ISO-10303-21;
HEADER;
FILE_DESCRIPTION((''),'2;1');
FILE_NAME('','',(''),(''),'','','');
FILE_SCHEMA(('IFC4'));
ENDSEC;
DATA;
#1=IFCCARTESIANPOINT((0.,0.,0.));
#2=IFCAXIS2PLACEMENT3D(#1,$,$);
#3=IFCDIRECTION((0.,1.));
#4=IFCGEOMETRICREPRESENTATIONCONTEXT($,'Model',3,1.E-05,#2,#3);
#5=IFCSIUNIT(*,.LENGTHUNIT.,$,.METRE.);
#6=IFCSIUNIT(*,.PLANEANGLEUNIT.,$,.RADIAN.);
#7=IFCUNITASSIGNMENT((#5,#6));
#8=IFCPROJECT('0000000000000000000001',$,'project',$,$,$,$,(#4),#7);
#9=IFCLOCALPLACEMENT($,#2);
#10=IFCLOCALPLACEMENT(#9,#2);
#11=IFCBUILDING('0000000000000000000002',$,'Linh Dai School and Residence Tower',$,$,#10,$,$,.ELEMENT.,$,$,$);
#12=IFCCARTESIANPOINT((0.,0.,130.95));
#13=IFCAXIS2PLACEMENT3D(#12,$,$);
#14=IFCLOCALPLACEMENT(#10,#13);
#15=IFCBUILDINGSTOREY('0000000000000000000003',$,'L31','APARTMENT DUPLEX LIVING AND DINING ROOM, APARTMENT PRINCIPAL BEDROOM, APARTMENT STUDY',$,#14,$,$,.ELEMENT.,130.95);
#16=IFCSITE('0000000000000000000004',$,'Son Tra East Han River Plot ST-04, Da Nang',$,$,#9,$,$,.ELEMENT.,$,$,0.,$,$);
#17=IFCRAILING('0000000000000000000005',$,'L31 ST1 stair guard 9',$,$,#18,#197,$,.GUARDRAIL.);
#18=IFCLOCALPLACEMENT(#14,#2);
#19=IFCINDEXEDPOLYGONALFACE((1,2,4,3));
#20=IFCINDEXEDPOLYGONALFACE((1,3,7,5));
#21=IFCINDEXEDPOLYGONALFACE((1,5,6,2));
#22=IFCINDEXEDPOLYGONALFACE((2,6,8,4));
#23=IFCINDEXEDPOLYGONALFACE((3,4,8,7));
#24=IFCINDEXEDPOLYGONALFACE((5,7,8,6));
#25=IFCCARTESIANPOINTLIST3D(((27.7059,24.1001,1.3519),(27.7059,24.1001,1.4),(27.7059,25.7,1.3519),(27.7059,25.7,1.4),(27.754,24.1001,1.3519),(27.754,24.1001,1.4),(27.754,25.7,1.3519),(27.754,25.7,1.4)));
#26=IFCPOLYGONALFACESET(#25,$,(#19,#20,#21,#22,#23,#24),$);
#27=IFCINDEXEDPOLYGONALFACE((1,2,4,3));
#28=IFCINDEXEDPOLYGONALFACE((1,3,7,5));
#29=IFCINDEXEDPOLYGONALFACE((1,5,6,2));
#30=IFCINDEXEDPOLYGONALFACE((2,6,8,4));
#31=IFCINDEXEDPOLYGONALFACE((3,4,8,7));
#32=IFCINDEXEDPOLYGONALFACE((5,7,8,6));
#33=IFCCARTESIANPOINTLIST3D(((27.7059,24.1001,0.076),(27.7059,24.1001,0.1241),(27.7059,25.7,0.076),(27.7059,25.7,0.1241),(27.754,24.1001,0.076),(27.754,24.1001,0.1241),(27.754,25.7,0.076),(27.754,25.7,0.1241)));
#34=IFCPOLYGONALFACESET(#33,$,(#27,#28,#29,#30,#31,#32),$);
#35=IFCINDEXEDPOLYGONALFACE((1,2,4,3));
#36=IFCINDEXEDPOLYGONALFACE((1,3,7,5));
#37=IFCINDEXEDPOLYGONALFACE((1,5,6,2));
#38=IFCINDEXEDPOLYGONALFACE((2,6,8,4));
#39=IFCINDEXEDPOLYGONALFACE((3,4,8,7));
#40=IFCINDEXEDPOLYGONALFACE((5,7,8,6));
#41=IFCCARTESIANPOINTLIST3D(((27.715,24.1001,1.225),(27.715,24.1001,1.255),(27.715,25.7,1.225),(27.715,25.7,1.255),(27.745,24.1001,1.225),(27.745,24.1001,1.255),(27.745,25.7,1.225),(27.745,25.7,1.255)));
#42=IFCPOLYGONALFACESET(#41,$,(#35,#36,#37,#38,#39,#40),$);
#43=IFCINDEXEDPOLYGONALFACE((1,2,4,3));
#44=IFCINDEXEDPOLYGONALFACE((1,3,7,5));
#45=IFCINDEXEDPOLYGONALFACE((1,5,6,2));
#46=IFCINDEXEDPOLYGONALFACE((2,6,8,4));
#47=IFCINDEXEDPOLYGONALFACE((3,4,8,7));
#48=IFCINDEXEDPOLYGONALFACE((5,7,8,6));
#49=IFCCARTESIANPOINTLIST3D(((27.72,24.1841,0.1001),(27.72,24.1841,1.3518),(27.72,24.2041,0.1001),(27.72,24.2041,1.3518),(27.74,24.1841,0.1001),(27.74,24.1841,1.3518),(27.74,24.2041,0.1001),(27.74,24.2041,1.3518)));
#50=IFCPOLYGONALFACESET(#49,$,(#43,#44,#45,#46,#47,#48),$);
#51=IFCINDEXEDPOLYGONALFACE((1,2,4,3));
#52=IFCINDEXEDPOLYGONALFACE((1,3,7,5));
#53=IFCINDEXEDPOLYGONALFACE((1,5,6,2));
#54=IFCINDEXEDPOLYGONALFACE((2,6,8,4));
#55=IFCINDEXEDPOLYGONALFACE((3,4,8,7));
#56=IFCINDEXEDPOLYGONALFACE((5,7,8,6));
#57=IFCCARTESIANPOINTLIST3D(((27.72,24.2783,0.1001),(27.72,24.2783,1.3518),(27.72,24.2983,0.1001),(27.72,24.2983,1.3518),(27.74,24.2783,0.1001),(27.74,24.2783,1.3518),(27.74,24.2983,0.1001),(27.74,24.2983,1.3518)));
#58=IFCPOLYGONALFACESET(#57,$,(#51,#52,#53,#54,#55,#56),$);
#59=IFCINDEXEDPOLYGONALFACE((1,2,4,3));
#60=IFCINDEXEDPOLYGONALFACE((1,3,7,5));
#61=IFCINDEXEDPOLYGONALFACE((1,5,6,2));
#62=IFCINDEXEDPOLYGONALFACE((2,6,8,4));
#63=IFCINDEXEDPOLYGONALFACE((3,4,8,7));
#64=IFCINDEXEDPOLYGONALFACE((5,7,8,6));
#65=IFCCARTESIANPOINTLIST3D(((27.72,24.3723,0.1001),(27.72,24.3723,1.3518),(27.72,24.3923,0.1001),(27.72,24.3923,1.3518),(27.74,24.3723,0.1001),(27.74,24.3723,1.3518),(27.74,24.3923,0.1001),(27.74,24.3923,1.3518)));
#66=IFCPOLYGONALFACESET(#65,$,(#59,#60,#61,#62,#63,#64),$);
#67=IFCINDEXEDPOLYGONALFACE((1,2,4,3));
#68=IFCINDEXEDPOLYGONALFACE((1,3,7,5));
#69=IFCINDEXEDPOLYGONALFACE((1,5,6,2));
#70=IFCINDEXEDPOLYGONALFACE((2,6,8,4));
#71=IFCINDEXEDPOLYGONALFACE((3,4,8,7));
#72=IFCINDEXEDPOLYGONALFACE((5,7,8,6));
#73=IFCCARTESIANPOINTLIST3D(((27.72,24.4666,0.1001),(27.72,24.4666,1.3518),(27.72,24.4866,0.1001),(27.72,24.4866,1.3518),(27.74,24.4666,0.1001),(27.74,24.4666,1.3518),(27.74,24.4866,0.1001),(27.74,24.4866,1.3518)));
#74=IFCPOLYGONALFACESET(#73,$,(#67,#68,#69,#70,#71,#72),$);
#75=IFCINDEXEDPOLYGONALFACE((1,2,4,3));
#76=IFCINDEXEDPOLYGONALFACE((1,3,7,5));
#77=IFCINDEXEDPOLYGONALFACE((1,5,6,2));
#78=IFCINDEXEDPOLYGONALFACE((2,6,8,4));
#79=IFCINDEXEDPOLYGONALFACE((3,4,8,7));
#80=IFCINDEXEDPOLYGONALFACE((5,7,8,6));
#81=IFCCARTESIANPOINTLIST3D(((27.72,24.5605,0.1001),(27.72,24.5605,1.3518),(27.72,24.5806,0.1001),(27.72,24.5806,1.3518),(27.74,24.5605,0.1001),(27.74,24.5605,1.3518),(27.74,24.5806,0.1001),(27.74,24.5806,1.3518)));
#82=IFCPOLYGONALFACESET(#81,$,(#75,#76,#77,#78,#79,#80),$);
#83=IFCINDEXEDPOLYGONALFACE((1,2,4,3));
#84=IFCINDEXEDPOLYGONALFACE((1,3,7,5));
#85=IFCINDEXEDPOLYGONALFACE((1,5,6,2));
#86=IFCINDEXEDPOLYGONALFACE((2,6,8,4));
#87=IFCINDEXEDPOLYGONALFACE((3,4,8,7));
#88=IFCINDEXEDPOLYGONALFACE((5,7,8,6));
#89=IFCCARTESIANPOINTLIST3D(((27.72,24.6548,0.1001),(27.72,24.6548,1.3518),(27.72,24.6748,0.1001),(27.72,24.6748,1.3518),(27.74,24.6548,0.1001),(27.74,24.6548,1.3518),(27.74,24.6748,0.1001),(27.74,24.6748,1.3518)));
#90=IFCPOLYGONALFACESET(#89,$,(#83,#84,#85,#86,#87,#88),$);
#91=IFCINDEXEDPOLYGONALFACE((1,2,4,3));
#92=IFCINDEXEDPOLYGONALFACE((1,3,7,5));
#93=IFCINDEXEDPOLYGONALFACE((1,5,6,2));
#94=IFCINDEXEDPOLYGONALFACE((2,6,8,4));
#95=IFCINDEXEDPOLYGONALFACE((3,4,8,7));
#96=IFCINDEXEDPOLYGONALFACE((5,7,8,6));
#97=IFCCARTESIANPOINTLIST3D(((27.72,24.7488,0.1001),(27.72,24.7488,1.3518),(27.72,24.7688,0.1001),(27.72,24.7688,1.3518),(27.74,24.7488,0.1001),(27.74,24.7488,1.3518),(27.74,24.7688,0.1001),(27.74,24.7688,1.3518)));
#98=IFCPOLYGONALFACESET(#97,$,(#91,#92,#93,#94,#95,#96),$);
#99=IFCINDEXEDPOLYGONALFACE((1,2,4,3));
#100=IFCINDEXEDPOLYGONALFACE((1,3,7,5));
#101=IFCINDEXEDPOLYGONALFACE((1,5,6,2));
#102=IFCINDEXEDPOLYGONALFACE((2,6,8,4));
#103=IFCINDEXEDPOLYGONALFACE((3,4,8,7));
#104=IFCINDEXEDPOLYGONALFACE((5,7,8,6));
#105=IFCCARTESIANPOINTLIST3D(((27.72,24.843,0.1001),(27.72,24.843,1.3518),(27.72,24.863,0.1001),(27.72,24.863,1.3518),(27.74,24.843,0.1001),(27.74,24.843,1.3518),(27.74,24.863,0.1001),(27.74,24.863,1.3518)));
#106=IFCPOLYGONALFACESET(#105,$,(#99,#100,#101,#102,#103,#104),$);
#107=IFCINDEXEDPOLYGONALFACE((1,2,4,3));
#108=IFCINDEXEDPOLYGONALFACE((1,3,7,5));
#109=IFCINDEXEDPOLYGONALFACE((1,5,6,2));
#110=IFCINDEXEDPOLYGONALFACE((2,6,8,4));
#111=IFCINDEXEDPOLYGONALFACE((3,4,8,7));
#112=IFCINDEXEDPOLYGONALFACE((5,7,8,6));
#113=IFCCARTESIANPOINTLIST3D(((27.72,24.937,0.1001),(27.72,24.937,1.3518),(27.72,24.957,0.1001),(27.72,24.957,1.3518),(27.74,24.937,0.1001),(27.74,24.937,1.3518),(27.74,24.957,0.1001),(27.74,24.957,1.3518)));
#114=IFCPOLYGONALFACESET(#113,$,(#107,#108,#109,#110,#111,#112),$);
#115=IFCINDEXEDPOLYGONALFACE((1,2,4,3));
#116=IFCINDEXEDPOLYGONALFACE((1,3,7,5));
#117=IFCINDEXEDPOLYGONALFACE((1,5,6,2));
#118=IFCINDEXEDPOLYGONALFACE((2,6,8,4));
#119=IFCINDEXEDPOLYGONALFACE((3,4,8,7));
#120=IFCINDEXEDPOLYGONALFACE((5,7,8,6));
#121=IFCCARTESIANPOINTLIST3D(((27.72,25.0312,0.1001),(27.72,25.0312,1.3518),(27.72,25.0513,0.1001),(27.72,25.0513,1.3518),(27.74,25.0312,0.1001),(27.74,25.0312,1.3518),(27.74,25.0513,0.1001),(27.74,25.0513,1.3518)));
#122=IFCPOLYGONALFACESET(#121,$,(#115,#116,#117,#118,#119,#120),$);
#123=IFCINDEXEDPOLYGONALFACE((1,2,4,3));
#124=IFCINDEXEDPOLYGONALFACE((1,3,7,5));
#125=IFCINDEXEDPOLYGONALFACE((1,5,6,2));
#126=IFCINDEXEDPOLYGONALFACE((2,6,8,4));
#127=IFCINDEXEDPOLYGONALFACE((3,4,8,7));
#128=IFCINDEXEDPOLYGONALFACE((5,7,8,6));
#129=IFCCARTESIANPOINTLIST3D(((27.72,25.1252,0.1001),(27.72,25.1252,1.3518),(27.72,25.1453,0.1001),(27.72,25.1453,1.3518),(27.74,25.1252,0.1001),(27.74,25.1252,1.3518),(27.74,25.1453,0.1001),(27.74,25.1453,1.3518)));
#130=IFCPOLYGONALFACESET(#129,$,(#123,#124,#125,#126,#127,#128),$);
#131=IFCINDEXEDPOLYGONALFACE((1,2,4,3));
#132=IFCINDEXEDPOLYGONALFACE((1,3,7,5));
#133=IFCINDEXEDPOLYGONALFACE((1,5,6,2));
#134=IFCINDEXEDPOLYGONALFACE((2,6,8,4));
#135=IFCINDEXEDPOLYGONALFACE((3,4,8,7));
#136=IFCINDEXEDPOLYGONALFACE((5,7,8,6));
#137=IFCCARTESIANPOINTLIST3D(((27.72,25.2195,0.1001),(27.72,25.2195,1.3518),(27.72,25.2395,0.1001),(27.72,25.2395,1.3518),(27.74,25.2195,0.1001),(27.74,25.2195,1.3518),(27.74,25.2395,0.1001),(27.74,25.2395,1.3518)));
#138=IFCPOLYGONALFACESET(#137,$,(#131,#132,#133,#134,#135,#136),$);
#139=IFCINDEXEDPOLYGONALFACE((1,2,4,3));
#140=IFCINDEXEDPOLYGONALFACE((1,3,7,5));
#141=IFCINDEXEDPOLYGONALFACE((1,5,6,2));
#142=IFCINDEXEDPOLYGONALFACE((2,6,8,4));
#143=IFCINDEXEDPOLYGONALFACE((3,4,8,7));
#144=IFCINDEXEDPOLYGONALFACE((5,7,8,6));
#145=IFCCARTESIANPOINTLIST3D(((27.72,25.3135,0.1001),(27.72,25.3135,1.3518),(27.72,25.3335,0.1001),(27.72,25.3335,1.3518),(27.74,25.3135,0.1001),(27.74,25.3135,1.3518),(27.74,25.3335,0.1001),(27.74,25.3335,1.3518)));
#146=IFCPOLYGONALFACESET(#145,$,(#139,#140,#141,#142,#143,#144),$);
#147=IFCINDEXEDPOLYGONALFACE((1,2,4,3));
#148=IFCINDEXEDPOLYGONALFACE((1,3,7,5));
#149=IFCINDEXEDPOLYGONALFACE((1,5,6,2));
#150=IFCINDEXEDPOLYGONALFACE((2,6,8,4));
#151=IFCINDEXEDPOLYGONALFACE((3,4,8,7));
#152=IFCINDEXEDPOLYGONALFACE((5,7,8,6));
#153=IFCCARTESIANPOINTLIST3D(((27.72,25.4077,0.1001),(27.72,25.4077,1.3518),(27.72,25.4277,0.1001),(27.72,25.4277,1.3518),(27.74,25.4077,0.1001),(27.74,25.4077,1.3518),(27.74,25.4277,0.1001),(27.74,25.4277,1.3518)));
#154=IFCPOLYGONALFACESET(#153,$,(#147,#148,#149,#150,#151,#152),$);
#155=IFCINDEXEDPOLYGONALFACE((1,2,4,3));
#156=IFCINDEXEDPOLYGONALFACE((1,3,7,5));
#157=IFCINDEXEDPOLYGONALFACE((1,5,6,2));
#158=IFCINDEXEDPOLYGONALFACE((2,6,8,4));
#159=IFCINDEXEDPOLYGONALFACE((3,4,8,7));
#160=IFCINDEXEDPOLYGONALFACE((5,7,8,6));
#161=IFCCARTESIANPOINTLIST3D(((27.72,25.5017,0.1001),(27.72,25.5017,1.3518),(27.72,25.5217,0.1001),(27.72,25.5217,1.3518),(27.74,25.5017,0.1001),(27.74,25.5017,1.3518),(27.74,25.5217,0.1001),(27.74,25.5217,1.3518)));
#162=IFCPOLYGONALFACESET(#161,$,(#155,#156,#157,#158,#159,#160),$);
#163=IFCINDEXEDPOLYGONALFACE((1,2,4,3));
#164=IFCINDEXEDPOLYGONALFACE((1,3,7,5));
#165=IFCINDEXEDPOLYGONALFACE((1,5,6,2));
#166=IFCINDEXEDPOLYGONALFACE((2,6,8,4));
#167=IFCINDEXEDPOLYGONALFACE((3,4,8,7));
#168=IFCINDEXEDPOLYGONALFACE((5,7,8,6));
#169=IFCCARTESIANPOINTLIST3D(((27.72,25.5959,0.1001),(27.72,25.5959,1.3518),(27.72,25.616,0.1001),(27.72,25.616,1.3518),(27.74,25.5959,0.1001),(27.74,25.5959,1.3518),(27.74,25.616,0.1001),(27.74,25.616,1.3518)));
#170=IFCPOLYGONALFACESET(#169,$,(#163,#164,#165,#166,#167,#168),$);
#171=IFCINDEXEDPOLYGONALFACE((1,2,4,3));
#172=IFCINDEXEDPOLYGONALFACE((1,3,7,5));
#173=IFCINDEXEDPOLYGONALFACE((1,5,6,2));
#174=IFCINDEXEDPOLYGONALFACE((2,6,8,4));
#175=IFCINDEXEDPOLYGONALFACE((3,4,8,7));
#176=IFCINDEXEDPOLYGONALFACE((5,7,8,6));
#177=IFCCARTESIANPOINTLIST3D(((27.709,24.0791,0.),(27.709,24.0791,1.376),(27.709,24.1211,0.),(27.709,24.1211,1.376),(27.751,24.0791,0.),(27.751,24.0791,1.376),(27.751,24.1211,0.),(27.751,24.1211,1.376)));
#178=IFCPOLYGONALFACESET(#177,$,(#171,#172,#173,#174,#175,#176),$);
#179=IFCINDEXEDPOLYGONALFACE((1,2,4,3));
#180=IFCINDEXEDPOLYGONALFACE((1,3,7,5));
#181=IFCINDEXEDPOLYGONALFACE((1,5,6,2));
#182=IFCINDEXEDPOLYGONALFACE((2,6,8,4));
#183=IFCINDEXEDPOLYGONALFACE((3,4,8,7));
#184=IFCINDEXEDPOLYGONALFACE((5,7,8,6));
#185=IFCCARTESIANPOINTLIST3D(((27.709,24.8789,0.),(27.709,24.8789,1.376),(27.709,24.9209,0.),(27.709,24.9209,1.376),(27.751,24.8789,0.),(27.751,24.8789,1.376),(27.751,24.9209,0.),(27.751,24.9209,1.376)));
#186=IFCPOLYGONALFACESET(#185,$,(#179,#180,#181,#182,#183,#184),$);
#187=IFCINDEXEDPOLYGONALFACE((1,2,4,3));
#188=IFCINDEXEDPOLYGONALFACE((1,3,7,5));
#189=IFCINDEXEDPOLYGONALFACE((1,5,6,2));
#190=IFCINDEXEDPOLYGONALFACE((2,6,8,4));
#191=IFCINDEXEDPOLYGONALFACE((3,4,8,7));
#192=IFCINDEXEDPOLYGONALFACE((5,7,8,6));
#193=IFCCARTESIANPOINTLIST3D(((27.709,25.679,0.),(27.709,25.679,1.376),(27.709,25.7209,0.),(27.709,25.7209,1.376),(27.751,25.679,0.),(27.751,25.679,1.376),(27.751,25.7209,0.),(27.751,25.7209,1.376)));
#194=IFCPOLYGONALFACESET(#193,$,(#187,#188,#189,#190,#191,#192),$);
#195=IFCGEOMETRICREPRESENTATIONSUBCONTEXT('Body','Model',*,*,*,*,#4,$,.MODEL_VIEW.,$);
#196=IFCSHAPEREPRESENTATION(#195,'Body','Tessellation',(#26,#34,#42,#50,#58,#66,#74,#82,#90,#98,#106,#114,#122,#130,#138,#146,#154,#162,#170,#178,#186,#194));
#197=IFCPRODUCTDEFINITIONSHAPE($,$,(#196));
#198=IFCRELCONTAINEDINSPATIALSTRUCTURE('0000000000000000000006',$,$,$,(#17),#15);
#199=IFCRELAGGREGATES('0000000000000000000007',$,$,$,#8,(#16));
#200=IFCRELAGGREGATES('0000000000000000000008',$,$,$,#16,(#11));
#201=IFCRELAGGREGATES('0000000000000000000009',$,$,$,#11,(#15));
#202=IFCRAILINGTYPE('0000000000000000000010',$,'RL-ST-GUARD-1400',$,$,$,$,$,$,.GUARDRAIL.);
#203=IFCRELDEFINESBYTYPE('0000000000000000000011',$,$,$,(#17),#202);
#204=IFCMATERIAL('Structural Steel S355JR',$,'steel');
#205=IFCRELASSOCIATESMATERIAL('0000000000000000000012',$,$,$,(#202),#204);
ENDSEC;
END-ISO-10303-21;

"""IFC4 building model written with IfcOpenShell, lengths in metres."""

from ifc_helpers import new_model, si_unit, direction, frame, origin, origin_2d, place, context, subcontext, project, spatial, rectangle, extrude, source, transform, mapped, material, type_object, element, save


model = new_model("IFC4")

# Units and contexts
model_context = context("Model", 3, precision=1e-05, world=origin(), true_north=direction((0.0, 1.0)))
body_context = subcontext(model_context, "Body", "Model", "MODEL_VIEW")
ifc_project = project(units=[si_unit("LENGTHUNIT", "METRE"), si_unit("PLANEANGLEUNIT", "RADIAN")], contexts=[model_context])

# Site, building, storey
site_placement = place(None, origin())
site = spatial("IfcSite", under=ifc_project, at=site_placement, Name="Son Tra East Han River Plot ST-04, Da Nang", CompositionType="ELEMENT", RefElevation=0.0)
building_placement = place(site_placement, origin())
building = spatial("IfcBuilding", under=site, at=building_placement, Name="Linh Dai School and Residence Tower", CompositionType="ELEMENT")
storey_placement = place(building_placement, frame((0.0, 0.0, 130.95)))
storey = spatial("IfcBuildingStorey", under=building, at=storey_placement, Name="L31", Description="APARTMENT DUPLEX LIVING AND DINING ROOM, APARTMENT PRINCIPAL BEDROOM, APARTMENT STUDY", CompositionType="ELEMENT", Elevation=130.95)

# Shared definitions
ifc_material_1 = material(Name="Structural Steel S355JR", Category="steel")

# Railing
railing_type_1 = type_object("IfcRailingType", Name="RL-ST-GUARD-1400", PredefinedType="GUARDRAIL", material=ifc_material_1)
shared_shape_1 = source(origin(), body_context, "Body", "SweptSolid", [
    extrude(rectangle(XDim=0.0481, YDim=0.0481, at=origin_2d()), frame((0.0, 0.0, 1.376), z_axis=(0.0, 1.0, 0.0), x_axis=(-1.0, 0.0, 0.0)), (0.0, 0.0, 1.0), 1.5999),
    extrude(rectangle(XDim=0.0481, YDim=0.0481, at=origin_2d()), frame((0.0, 0.0, 0.1001), z_axis=(0.0, 1.0, 0.0), x_axis=(-1.0, 0.0, 0.0)), (0.0, 0.0, 1.0), 1.5999),
    extrude(rectangle(XDim=0.03, YDim=0.03, at=origin_2d()), frame((0.0, 0.0, 1.24), z_axis=(0.0, 1.0, 0.0), x_axis=(-1.0, 0.0, 0.0)), (0.0, 0.0, 1.0), 1.5999),
    extrude(rectangle(XDim=0.02, YDim=0.02, at=origin_2d()), frame((0.0, 0.094, 0.1001)), (0.0, 0.0, 1.0), 1.2517),
    extrude(rectangle(XDim=0.02, YDim=0.02, at=origin_2d()), frame((0.0, 0.1882, 0.1001)), (0.0, 0.0, 1.0), 1.2517),
    extrude(rectangle(XDim=0.02, YDim=0.02, at=origin_2d()), frame((0.0, 0.2822, 0.1001)), (0.0, 0.0, 1.0), 1.2517),
    extrude(rectangle(XDim=0.02, YDim=0.02, at=origin_2d()), frame((0.0, 0.3765, 0.1001)), (0.0, 0.0, 1.0), 1.2517),
    extrude(rectangle(XDim=0.02, YDim=0.02, at=origin_2d()), frame((0.0, 0.4705, 0.1001)), (0.0, 0.0, 1.0), 1.2517),
    extrude(rectangle(XDim=0.02, YDim=0.02, at=origin_2d()), frame((0.0, 0.5647, 0.1001)), (0.0, 0.0, 1.0), 1.2517),
    extrude(rectangle(XDim=0.02, YDim=0.02, at=origin_2d()), frame((0.0, 0.6587, 0.1001)), (0.0, 0.0, 1.0), 1.2517),
    extrude(rectangle(XDim=0.02, YDim=0.02, at=origin_2d()), frame((0.0, 0.7529, 0.1001)), (0.0, 0.0, 1.0), 1.2517),
    extrude(rectangle(XDim=0.02, YDim=0.02, at=origin_2d()), frame((0.0, 0.8469, 0.1001)), (0.0, 0.0, 1.0), 1.2517),
    extrude(rectangle(XDim=0.02, YDim=0.02, at=origin_2d()), frame((0.0, 0.9412, 0.1001)), (0.0, 0.0, 1.0), 1.2517),
    extrude(rectangle(XDim=0.02, YDim=0.02, at=origin_2d()), frame((0.0, 1.0352, 0.1001)), (0.0, 0.0, 1.0), 1.2517),
    extrude(rectangle(XDim=0.02, YDim=0.02, at=origin_2d()), frame((0.0, 1.1294, 0.1001)), (0.0, 0.0, 1.0), 1.2517),
    extrude(rectangle(XDim=0.02, YDim=0.02, at=origin_2d()), frame((0.0, 1.2234, 0.1001)), (0.0, 0.0, 1.0), 1.2517),
    extrude(rectangle(XDim=0.02, YDim=0.02, at=origin_2d()), frame((0.0, 1.3176, 0.1001)), (0.0, 0.0, 1.0), 1.2517),
    extrude(rectangle(XDim=0.02, YDim=0.02, at=origin_2d()), frame((0.0, 1.4116, 0.1001)), (0.0, 0.0, 1.0), 1.2517),
    extrude(rectangle(XDim=0.02, YDim=0.02, at=origin_2d()), frame((0.0, 1.5059, 0.1001)), (0.0, 0.0, 1.0), 1.2517),
    extrude(rectangle(XDim=0.042, YDim=0.042, at=origin_2d()), origin(), (0.0, 0.0, 1.0), 1.376),
    extrude(rectangle(XDim=0.042, YDim=0.042, at=origin_2d()), frame((0.0, 0.7998, 0.0)), (0.0, 0.0, 1.0), 1.376),
    extrude(rectangle(XDim=0.042, YDim=0.042, at=origin_2d()), frame((0.0, 1.5999, 0.0)), (0.0, 0.0, 1.0), 1.376),
])
for number, where, name in (
    (1, (27.73, 24.1001, 0.0), "L31 ST1 stair guard 9"),
):
    element("IfcRailing", number, at=place(storey_placement, frame(where)), inside=storey, type_object=railing_type_1, Name=name, PredefinedType="GUARDRAIL", context=body_context, shape_type="MappedRepresentation", body=[
        mapped(shared_shape_1, transform((0.0, 0.0, 0.0), x_axis=(1.0, 0.0, 0.0), y_axis=(0.0, 1.0, 0.0), z_axis=(0.0, 0.0, 1.0), scale=1.0)),
    ])

save(model, "model.ifc")
